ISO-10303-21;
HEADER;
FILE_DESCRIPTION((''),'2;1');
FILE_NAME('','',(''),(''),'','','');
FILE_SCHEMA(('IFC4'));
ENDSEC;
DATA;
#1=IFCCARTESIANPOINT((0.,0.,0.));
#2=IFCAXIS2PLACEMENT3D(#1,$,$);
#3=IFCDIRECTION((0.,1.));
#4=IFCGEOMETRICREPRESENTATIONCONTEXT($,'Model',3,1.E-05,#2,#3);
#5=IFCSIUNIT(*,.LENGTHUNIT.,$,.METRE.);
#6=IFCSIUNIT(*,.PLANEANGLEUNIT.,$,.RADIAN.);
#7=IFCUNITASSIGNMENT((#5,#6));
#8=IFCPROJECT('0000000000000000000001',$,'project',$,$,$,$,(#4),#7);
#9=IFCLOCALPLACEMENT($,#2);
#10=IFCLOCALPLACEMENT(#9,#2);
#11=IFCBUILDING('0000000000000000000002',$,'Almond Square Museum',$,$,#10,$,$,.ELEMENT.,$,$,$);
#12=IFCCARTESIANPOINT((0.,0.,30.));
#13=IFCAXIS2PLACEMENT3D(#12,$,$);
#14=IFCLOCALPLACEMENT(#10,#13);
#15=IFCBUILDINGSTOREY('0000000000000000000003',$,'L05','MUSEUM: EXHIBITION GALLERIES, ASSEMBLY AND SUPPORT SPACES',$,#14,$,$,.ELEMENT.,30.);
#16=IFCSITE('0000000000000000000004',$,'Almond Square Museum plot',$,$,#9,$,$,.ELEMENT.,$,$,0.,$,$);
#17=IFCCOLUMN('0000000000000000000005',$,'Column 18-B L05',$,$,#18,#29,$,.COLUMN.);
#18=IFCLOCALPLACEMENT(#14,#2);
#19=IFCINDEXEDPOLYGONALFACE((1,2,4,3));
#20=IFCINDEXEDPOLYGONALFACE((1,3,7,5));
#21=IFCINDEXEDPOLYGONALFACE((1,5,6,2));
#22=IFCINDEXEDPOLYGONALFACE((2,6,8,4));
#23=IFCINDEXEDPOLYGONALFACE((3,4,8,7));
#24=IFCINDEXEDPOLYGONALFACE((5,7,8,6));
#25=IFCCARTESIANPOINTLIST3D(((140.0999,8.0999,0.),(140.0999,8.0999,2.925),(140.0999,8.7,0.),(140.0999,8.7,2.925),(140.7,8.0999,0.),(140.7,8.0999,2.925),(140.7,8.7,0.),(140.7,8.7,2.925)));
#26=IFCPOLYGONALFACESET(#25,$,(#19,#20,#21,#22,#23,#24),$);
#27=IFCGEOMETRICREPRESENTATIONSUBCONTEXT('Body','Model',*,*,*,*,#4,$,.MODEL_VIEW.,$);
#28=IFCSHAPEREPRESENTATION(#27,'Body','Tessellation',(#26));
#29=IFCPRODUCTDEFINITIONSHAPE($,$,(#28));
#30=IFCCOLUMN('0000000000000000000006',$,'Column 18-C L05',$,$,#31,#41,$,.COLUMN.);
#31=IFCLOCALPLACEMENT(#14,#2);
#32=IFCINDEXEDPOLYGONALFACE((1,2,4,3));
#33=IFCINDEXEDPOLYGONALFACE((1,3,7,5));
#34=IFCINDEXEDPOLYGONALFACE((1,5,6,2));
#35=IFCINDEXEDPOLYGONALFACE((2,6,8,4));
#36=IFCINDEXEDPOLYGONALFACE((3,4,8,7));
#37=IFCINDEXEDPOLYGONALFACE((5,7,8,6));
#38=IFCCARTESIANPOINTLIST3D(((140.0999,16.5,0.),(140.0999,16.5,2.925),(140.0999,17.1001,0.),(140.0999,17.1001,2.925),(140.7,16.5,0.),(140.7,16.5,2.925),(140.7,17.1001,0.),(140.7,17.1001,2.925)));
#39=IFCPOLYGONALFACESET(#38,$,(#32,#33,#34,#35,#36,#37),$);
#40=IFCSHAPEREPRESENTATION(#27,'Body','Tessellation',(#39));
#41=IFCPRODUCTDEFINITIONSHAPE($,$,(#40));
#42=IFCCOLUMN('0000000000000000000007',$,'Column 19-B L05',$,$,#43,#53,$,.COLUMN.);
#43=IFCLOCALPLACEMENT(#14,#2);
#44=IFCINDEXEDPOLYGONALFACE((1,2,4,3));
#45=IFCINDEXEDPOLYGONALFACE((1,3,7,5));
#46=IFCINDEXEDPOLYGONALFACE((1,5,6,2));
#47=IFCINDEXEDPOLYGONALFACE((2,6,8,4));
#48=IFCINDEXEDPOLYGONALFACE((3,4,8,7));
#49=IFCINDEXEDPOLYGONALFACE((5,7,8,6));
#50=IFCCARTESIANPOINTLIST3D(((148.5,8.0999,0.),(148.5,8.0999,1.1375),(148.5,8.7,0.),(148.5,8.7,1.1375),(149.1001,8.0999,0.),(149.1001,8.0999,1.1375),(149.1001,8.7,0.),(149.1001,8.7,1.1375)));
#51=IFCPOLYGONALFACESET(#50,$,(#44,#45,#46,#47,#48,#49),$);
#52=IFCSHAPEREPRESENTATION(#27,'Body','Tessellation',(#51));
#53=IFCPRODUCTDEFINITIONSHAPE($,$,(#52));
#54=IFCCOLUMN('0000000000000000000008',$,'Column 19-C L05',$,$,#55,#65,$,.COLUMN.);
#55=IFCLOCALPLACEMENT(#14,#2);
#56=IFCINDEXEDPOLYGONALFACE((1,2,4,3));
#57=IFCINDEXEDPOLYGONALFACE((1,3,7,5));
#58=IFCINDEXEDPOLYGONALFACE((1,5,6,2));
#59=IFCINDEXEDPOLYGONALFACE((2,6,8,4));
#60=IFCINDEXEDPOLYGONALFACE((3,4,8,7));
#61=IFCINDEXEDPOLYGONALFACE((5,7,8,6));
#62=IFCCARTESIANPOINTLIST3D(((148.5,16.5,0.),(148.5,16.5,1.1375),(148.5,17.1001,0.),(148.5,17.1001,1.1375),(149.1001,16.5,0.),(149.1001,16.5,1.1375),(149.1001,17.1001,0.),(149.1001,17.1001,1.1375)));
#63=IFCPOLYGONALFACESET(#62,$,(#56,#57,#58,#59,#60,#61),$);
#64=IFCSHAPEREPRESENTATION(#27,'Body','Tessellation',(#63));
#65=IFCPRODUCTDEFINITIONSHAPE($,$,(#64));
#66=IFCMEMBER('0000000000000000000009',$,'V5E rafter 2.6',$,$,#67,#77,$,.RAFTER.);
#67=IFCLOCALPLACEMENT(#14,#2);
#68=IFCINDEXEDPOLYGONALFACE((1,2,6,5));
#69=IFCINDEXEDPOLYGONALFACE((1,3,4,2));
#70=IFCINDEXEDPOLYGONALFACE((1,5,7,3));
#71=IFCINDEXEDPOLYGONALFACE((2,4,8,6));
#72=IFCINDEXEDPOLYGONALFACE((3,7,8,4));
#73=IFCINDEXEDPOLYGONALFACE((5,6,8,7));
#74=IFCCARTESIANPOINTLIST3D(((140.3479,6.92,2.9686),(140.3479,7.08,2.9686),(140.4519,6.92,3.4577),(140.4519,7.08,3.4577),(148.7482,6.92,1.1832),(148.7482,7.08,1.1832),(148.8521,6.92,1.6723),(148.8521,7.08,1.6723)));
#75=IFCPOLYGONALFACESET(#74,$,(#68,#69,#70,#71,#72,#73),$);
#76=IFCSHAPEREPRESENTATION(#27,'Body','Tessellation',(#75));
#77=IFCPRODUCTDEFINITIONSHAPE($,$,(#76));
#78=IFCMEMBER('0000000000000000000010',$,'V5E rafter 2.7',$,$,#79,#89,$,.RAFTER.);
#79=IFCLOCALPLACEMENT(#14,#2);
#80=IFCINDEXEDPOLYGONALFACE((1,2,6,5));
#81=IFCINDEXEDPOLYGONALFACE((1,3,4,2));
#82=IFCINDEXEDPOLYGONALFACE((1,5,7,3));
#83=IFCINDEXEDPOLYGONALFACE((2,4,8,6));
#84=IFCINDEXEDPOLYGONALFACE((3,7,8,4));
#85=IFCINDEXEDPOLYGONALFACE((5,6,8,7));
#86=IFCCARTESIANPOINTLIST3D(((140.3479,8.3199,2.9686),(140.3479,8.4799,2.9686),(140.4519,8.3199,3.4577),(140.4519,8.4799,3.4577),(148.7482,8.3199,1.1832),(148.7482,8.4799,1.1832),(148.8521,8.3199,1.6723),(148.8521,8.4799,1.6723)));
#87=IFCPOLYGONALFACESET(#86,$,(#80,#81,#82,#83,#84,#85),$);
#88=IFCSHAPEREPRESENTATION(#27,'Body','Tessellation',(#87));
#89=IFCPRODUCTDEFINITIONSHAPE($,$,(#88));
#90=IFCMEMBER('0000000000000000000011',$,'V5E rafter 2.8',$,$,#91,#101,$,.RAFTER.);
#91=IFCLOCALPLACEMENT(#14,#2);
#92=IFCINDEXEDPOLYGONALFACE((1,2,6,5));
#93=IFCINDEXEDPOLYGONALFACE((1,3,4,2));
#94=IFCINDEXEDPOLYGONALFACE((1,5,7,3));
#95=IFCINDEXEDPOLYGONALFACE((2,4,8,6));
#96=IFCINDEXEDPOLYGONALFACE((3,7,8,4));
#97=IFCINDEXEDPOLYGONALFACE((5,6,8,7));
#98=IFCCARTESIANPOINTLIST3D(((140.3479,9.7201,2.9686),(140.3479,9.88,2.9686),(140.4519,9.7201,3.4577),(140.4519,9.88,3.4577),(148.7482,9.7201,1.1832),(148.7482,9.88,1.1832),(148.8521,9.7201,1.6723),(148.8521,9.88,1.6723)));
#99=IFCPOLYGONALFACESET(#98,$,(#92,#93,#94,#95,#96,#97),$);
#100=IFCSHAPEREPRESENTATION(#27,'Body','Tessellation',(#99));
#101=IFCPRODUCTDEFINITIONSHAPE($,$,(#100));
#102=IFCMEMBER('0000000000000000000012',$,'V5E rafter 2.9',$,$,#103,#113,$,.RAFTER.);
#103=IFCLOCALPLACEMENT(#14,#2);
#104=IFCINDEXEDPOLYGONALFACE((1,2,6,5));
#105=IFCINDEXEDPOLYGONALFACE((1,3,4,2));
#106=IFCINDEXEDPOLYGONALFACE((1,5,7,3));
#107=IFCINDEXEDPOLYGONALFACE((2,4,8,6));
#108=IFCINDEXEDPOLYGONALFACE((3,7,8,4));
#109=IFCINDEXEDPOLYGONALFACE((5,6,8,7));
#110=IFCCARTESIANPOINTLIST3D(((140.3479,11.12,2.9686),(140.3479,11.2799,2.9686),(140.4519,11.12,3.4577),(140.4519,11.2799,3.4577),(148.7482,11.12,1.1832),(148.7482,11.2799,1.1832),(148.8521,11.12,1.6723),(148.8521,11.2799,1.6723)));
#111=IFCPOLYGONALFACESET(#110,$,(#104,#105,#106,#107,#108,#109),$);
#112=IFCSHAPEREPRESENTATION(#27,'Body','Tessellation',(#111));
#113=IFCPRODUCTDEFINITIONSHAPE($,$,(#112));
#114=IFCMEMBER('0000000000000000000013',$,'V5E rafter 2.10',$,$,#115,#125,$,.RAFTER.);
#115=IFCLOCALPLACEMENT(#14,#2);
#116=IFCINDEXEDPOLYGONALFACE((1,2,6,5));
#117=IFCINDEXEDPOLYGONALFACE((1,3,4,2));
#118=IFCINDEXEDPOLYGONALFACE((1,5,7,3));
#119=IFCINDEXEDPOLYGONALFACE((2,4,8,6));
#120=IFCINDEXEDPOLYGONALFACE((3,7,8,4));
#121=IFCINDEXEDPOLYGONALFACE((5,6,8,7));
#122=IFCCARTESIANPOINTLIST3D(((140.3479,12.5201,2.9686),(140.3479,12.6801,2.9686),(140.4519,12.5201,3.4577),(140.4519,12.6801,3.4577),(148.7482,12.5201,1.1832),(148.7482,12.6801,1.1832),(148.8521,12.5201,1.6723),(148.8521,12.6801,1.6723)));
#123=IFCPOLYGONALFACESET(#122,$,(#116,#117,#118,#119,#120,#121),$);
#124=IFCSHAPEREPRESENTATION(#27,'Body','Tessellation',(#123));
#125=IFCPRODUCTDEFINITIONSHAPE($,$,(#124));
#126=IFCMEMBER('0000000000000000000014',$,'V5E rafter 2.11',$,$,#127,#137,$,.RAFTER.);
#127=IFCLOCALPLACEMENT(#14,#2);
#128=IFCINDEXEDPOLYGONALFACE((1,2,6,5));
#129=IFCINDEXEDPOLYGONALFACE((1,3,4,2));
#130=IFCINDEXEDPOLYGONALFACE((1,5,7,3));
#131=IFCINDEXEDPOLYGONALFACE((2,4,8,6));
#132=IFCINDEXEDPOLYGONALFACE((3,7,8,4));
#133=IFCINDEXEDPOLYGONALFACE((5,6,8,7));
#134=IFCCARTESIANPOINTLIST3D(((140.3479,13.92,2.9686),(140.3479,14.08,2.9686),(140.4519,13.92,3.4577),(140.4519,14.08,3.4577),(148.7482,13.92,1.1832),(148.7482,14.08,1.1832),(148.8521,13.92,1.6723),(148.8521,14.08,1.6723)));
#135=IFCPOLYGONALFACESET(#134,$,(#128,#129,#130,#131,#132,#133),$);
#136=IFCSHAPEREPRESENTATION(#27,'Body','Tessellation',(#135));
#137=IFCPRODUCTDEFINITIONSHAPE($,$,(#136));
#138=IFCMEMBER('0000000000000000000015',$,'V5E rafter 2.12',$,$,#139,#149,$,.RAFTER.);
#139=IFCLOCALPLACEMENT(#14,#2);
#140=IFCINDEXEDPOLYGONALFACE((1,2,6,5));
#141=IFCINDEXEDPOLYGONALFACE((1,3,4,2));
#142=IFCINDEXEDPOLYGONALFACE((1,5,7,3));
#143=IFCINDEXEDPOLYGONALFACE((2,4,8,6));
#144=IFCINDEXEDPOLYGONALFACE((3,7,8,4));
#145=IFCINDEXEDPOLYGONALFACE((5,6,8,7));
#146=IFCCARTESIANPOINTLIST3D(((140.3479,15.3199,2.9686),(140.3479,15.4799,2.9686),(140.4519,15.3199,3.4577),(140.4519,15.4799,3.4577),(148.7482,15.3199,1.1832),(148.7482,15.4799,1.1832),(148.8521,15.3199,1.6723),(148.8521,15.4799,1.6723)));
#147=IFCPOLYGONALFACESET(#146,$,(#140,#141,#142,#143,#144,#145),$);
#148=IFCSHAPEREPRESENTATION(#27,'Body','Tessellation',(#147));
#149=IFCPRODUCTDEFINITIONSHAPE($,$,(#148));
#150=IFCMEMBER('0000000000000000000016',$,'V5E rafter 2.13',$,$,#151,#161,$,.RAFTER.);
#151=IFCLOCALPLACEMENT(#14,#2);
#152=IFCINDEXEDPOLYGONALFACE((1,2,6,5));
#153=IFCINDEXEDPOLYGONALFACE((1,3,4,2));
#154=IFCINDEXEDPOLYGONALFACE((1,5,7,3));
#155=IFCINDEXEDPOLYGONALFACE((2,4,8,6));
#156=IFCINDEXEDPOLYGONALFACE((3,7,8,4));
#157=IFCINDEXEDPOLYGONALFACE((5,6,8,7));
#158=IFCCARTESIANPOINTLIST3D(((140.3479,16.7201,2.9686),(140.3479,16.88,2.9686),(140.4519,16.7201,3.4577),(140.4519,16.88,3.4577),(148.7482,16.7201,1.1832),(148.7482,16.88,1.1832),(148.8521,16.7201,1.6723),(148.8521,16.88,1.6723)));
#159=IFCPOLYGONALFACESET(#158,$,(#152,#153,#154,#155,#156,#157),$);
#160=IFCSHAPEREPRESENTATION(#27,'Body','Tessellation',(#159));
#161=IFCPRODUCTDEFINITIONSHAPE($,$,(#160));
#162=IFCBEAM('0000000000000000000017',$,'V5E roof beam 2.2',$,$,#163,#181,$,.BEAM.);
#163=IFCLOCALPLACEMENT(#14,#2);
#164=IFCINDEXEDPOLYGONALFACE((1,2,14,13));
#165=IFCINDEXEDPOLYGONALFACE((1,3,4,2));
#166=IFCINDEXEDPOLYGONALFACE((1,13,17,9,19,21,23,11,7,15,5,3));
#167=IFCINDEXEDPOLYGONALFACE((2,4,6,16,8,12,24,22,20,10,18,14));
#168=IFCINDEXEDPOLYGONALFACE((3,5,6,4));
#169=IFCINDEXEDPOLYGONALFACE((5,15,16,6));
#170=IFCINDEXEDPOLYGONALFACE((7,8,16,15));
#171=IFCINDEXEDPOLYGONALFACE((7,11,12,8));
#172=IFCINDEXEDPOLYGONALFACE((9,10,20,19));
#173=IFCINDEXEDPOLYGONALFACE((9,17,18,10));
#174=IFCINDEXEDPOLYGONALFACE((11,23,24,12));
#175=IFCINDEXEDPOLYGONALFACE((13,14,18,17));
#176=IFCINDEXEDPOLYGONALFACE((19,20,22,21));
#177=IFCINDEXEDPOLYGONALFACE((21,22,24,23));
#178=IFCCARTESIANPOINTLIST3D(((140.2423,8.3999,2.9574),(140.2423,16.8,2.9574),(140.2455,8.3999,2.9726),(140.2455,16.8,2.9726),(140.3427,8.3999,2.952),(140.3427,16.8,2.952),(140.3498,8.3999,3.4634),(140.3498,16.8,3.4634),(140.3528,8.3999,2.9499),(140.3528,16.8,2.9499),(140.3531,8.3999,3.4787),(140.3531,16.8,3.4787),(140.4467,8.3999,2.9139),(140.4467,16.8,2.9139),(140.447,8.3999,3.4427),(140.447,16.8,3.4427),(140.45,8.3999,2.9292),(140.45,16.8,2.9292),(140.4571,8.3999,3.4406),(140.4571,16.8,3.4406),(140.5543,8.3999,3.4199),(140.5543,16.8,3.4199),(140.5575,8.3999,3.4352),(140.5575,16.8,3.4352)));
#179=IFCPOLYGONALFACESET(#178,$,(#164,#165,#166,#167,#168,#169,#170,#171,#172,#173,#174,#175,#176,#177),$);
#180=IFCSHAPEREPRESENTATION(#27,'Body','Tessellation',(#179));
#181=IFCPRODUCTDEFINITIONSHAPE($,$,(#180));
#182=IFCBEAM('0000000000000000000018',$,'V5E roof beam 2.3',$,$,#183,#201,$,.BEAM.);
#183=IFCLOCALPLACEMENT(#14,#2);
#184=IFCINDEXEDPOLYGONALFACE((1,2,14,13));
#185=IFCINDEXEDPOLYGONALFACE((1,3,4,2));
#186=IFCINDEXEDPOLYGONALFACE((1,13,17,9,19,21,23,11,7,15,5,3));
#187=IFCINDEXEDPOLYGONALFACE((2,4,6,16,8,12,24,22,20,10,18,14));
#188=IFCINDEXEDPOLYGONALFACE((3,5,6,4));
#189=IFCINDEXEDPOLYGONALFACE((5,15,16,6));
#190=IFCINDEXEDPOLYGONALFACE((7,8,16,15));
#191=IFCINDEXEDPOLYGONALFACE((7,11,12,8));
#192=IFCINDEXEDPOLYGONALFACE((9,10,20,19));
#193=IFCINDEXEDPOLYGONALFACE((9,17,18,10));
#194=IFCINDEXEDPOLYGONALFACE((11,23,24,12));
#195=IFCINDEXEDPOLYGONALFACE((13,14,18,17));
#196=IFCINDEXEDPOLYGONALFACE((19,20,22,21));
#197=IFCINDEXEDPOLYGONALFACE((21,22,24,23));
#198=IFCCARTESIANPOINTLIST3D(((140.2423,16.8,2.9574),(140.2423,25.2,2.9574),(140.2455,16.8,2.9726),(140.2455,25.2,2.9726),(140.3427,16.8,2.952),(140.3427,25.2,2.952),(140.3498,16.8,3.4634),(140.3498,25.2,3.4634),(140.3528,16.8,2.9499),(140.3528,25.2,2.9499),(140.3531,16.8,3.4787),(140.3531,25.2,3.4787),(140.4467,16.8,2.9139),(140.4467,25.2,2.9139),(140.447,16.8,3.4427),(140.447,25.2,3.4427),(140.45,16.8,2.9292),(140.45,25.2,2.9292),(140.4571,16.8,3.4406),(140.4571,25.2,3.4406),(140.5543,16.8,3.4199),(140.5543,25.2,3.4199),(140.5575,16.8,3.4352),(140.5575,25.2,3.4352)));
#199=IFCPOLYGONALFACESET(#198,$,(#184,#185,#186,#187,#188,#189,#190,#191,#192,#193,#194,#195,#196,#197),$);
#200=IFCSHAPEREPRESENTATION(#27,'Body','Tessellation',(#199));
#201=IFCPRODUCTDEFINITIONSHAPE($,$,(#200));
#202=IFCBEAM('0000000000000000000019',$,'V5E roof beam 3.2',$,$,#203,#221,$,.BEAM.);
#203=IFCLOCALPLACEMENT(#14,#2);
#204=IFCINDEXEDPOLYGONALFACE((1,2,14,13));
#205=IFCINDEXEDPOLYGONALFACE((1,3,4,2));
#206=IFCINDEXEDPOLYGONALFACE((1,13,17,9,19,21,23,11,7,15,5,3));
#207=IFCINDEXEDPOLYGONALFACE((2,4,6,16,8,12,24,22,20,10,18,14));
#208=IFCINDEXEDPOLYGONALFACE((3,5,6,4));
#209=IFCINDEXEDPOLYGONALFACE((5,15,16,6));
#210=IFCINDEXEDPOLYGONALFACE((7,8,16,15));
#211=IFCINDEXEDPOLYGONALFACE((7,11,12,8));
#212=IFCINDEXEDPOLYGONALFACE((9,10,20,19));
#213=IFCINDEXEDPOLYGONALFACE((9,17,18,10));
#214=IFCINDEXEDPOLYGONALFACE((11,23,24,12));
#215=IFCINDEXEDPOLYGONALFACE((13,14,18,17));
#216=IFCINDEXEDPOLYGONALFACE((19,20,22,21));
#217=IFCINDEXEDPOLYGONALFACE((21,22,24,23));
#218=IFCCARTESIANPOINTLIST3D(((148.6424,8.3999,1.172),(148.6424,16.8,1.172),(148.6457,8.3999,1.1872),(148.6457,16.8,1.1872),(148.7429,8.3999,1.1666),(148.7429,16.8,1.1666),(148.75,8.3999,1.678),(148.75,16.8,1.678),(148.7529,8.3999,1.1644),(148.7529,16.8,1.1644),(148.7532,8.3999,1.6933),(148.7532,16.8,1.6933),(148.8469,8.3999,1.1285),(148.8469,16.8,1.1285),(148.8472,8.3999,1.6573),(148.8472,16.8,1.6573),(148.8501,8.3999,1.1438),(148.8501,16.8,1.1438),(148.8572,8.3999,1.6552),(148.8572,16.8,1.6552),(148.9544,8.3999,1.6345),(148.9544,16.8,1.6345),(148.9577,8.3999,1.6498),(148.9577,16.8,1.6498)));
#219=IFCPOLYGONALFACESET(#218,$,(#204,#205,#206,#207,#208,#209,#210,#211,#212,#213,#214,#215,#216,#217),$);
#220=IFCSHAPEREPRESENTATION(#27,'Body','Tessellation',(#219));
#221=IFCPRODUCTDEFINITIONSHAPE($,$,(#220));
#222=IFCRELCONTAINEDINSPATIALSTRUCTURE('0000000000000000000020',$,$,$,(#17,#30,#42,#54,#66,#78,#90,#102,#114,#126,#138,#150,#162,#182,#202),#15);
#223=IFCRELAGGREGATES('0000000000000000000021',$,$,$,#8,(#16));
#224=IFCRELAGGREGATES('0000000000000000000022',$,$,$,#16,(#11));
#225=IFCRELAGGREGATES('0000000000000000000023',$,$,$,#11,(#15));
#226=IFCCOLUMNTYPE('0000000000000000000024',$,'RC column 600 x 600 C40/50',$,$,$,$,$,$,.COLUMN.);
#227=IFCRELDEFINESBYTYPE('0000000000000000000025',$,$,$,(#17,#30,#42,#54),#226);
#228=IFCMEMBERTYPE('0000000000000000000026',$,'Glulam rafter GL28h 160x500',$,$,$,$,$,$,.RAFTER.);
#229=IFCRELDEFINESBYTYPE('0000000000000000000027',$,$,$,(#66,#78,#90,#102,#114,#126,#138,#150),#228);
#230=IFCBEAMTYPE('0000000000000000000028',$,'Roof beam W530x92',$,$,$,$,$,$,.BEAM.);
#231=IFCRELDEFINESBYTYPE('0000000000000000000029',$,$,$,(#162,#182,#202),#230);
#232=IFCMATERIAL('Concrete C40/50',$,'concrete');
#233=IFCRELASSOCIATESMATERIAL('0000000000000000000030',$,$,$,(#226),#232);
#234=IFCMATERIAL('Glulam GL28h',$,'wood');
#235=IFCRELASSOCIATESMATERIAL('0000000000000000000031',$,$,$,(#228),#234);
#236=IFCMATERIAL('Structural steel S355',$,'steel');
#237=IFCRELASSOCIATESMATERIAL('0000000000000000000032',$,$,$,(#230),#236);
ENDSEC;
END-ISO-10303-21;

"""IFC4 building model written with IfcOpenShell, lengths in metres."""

from ifc_helpers import new_model, si_unit, direction, frame, origin, origin_2d, place, context, subcontext, project, spatial, rectangle, i_section, extrude, material, material_profile, profile_set, type_object, element, save


model = new_model("IFC4")

# Units and contexts
model_context = context("Model", 3, precision=1e-05, world=origin(), true_north=direction((0.0, 1.0)))
body_context = subcontext(model_context, "Body", "Model", "MODEL_VIEW")
ifc_project = project(units=[si_unit("LENGTHUNIT", "METRE"), si_unit("PLANEANGLEUNIT", "RADIAN")], contexts=[model_context])

# Site, building, storey
site_placement = place(None, origin())
site = spatial("IfcSite", under=ifc_project, at=site_placement, Name="Almond Square Museum plot", CompositionType="ELEMENT", RefElevation=0.0)
building_placement = place(site_placement, origin())
building = spatial("IfcBuilding", under=site, at=building_placement, Name="Almond Square Museum", CompositionType="ELEMENT")
storey_placement = place(building_placement, frame((0.0, 0.0, 30.0)))
storey = spatial("IfcBuildingStorey", under=building, at=storey_placement, Name="L05", Description="MUSEUM: EXHIBITION GALLERIES, ASSEMBLY AND SUPPORT SPACES", CompositionType="ELEMENT", Elevation=30.0)

# Columns
ifc_material_1 = material(Name="Concrete C40/50", Category="concrete")
ifc_material_profile_1 = material_profile(ifc_material_1, rectangle(XDim=0.6001, YDim=0.6001, at=origin_2d()))
ifc_profile_set_1 = profile_set([ifc_material_profile_1], Name="Concrete C40/50")
column_type = type_object("IfcColumnType", Name="RC column 600 x 600 C40/50", PredefinedType="COLUMN", material=ifc_profile_set_1)
for number, where, z_axis, x_axis, name in (
    (1, (140.3999, 8.3999, 0.0), (0.0, 0.0, 1.0), (1.0, 0.0, 0.0), "Column 18-B L05"),
    (2, (140.3999, 16.8, 0.0), (0.0, 0.0, 1.0), (1.0, 0.0, 0.0), "Column 18-C L05"),
):
    element("IfcColumn", number, at=place(storey_placement, frame(where, z_axis=z_axis, x_axis=x_axis)), inside=storey, type_object=column_type, Name=name, PredefinedType="COLUMN", context=body_context, shape_type="SweptSolid", body=[
        extrude(rectangle(XDim=0.6001, YDim=0.6001, at=origin_2d()), origin(), (0.0, 0.0, 1.0), 2.925),
    ])
for number, where, z_axis, x_axis, name in (
    (3, (148.8, 8.3999, 0.0), (0.0, 0.0, 1.0), (1.0, 0.0, 0.0), "Column 19-B L05"),
    (4, (148.8, 16.8, 0.0), (0.0, 0.0, 1.0), (1.0, 0.0, 0.0), "Column 19-C L05"),
):
    element("IfcColumn", number, at=place(storey_placement, frame(where, z_axis=z_axis, x_axis=x_axis)), inside=storey, type_object=column_type, Name=name, PredefinedType="COLUMN", context=body_context, shape_type="SweptSolid", body=[
        extrude(rectangle(XDim=0.6001, YDim=0.6001, at=origin_2d()), origin(), (0.0, 0.0, 1.0), 1.1375),
    ])

# Members
ifc_material_2 = material(Name="Glulam GL28h", Category="wood")
ifc_material_profile_2 = material_profile(ifc_material_2, rectangle(XDim=0.1599, YDim=0.5, at=origin_2d()))
ifc_profile_set_2 = profile_set([ifc_material_profile_2], Name="Glulam GL28h")
member_type = type_object("IfcMemberType", Name="Glulam rafter GL28h 160x500", PredefinedType="RAFTER", material=ifc_profile_set_2)
for number, where, z_axis, x_axis, name in (
    (5, (140.3999, 7.0, 3.2131), (0.97815, 0.0, -0.2079), (0.0, 1.0, 0.0), "V5E rafter 2.6"),
    (6, (140.3999, 8.3999, 3.2131), (0.97815, 0.0, -0.2079), (0.0, 1.0, 0.0), "V5E rafter 2.7"),
    (7, (140.3999, 9.8, 3.2131), (0.97815, 0.0, -0.2079), (0.0, 1.0, 0.0), "V5E rafter 2.8"),
    (8, (140.3999, 11.2, 3.2131), (0.97815, 0.0, -0.2079), (0.0, 1.0, 0.0), "V5E rafter 2.9"),
    (9, (140.3999, 12.6001, 3.2131), (0.97815, 0.0, -0.2079), (0.0, 1.0, 0.0), "V5E rafter 2.10"),
    (10, (140.3999, 14.0, 3.2131), (0.97815, 0.0, -0.2079), (0.0, 1.0, 0.0), "V5E rafter 2.11"),
    (11, (140.3999, 15.3999, 3.2131), (0.97815, 0.0, -0.2079), (0.0, 1.0, 0.0), "V5E rafter 2.12"),
    (12, (140.3999, 16.8, 3.2131), (0.97815, 0.0, -0.2079), (0.0, 1.0, 0.0), "V5E rafter 2.13"),
):
    element("IfcMember", number, at=place(storey_placement, frame(where, z_axis=z_axis, x_axis=x_axis)), inside=storey, type_object=member_type, Name=name, PredefinedType="RAFTER", context=body_context, shape_type="SweptSolid", body=[
        extrude(rectangle(XDim=0.1599, YDim=0.5, at=origin_2d()), origin(), (0.0, 0.0, 1.0), 8.5879),
    ])

# Beams
ifc_material_3 = material(Name="Structural steel S355", Category="steel")
ifc_material_profile_3 = material_profile(ifc_material_3, i_section(OverallWidth=0.209, OverallDepth=0.533, WebThickness=0.0103, FlangeThickness=0.0156, at=origin_2d()))
ifc_profile_set_3 = profile_set([ifc_material_profile_3], Name="Structural steel S355")
beam_type = type_object("IfcBeamType", Name="Roof beam W530x92", PredefinedType="BEAM", material=ifc_profile_set_3)
beam_1_placement = place(storey_placement, frame((140.3999, 8.3999, 3.1963), z_axis=(0.0, 1.0, 0.0), x_axis=(-0.978148, 0.0, 0.207912)))
element("IfcBeam", 13, at=beam_1_placement, inside=storey, type_object=beam_type, Name="V5E roof beam 2.2", PredefinedType="BEAM", context=body_context, shape_type="SweptSolid", body=[
    extrude(i_section(OverallWidth=0.209, OverallDepth=0.533, WebThickness=0.0103, FlangeThickness=0.0156, at=origin_2d()), origin(), (0.0, 0.0, 1.0), 8.4001),
])
beam_2_placement = place(storey_placement, frame((140.3999, 16.8, 3.1963), z_axis=(0.0, 1.0, 0.0), x_axis=(-0.978148, 0.0, 0.207912)))
element("IfcBeam", 14, at=beam_2_placement, inside=storey, type_object=beam_type, Name="V5E roof beam 2.3", PredefinedType="BEAM", context=body_context, shape_type="SweptSolid", body=[
    extrude(i_section(OverallWidth=0.209, OverallDepth=0.533, WebThickness=0.0103, FlangeThickness=0.0156, at=origin_2d()), origin(), (0.0, 0.0, 1.0), 8.3999),
])
beam_3_placement = place(storey_placement, frame((148.8, 8.3999, 1.4109), z_axis=(0.0, 1.0, 0.0), x_axis=(-0.978148, 0.0, 0.207912)))
element("IfcBeam", 15, at=beam_3_placement, inside=storey, type_object=beam_type, Name="V5E roof beam 3.2", PredefinedType="BEAM", context=body_context, shape_type="SweptSolid", body=[
    extrude(i_section(OverallWidth=0.209, OverallDepth=0.533, WebThickness=0.0103, FlangeThickness=0.0156, at=origin_2d()), origin(), (0.0, 0.0, 1.0), 8.4001),
])

save(model, "model.ifc")
